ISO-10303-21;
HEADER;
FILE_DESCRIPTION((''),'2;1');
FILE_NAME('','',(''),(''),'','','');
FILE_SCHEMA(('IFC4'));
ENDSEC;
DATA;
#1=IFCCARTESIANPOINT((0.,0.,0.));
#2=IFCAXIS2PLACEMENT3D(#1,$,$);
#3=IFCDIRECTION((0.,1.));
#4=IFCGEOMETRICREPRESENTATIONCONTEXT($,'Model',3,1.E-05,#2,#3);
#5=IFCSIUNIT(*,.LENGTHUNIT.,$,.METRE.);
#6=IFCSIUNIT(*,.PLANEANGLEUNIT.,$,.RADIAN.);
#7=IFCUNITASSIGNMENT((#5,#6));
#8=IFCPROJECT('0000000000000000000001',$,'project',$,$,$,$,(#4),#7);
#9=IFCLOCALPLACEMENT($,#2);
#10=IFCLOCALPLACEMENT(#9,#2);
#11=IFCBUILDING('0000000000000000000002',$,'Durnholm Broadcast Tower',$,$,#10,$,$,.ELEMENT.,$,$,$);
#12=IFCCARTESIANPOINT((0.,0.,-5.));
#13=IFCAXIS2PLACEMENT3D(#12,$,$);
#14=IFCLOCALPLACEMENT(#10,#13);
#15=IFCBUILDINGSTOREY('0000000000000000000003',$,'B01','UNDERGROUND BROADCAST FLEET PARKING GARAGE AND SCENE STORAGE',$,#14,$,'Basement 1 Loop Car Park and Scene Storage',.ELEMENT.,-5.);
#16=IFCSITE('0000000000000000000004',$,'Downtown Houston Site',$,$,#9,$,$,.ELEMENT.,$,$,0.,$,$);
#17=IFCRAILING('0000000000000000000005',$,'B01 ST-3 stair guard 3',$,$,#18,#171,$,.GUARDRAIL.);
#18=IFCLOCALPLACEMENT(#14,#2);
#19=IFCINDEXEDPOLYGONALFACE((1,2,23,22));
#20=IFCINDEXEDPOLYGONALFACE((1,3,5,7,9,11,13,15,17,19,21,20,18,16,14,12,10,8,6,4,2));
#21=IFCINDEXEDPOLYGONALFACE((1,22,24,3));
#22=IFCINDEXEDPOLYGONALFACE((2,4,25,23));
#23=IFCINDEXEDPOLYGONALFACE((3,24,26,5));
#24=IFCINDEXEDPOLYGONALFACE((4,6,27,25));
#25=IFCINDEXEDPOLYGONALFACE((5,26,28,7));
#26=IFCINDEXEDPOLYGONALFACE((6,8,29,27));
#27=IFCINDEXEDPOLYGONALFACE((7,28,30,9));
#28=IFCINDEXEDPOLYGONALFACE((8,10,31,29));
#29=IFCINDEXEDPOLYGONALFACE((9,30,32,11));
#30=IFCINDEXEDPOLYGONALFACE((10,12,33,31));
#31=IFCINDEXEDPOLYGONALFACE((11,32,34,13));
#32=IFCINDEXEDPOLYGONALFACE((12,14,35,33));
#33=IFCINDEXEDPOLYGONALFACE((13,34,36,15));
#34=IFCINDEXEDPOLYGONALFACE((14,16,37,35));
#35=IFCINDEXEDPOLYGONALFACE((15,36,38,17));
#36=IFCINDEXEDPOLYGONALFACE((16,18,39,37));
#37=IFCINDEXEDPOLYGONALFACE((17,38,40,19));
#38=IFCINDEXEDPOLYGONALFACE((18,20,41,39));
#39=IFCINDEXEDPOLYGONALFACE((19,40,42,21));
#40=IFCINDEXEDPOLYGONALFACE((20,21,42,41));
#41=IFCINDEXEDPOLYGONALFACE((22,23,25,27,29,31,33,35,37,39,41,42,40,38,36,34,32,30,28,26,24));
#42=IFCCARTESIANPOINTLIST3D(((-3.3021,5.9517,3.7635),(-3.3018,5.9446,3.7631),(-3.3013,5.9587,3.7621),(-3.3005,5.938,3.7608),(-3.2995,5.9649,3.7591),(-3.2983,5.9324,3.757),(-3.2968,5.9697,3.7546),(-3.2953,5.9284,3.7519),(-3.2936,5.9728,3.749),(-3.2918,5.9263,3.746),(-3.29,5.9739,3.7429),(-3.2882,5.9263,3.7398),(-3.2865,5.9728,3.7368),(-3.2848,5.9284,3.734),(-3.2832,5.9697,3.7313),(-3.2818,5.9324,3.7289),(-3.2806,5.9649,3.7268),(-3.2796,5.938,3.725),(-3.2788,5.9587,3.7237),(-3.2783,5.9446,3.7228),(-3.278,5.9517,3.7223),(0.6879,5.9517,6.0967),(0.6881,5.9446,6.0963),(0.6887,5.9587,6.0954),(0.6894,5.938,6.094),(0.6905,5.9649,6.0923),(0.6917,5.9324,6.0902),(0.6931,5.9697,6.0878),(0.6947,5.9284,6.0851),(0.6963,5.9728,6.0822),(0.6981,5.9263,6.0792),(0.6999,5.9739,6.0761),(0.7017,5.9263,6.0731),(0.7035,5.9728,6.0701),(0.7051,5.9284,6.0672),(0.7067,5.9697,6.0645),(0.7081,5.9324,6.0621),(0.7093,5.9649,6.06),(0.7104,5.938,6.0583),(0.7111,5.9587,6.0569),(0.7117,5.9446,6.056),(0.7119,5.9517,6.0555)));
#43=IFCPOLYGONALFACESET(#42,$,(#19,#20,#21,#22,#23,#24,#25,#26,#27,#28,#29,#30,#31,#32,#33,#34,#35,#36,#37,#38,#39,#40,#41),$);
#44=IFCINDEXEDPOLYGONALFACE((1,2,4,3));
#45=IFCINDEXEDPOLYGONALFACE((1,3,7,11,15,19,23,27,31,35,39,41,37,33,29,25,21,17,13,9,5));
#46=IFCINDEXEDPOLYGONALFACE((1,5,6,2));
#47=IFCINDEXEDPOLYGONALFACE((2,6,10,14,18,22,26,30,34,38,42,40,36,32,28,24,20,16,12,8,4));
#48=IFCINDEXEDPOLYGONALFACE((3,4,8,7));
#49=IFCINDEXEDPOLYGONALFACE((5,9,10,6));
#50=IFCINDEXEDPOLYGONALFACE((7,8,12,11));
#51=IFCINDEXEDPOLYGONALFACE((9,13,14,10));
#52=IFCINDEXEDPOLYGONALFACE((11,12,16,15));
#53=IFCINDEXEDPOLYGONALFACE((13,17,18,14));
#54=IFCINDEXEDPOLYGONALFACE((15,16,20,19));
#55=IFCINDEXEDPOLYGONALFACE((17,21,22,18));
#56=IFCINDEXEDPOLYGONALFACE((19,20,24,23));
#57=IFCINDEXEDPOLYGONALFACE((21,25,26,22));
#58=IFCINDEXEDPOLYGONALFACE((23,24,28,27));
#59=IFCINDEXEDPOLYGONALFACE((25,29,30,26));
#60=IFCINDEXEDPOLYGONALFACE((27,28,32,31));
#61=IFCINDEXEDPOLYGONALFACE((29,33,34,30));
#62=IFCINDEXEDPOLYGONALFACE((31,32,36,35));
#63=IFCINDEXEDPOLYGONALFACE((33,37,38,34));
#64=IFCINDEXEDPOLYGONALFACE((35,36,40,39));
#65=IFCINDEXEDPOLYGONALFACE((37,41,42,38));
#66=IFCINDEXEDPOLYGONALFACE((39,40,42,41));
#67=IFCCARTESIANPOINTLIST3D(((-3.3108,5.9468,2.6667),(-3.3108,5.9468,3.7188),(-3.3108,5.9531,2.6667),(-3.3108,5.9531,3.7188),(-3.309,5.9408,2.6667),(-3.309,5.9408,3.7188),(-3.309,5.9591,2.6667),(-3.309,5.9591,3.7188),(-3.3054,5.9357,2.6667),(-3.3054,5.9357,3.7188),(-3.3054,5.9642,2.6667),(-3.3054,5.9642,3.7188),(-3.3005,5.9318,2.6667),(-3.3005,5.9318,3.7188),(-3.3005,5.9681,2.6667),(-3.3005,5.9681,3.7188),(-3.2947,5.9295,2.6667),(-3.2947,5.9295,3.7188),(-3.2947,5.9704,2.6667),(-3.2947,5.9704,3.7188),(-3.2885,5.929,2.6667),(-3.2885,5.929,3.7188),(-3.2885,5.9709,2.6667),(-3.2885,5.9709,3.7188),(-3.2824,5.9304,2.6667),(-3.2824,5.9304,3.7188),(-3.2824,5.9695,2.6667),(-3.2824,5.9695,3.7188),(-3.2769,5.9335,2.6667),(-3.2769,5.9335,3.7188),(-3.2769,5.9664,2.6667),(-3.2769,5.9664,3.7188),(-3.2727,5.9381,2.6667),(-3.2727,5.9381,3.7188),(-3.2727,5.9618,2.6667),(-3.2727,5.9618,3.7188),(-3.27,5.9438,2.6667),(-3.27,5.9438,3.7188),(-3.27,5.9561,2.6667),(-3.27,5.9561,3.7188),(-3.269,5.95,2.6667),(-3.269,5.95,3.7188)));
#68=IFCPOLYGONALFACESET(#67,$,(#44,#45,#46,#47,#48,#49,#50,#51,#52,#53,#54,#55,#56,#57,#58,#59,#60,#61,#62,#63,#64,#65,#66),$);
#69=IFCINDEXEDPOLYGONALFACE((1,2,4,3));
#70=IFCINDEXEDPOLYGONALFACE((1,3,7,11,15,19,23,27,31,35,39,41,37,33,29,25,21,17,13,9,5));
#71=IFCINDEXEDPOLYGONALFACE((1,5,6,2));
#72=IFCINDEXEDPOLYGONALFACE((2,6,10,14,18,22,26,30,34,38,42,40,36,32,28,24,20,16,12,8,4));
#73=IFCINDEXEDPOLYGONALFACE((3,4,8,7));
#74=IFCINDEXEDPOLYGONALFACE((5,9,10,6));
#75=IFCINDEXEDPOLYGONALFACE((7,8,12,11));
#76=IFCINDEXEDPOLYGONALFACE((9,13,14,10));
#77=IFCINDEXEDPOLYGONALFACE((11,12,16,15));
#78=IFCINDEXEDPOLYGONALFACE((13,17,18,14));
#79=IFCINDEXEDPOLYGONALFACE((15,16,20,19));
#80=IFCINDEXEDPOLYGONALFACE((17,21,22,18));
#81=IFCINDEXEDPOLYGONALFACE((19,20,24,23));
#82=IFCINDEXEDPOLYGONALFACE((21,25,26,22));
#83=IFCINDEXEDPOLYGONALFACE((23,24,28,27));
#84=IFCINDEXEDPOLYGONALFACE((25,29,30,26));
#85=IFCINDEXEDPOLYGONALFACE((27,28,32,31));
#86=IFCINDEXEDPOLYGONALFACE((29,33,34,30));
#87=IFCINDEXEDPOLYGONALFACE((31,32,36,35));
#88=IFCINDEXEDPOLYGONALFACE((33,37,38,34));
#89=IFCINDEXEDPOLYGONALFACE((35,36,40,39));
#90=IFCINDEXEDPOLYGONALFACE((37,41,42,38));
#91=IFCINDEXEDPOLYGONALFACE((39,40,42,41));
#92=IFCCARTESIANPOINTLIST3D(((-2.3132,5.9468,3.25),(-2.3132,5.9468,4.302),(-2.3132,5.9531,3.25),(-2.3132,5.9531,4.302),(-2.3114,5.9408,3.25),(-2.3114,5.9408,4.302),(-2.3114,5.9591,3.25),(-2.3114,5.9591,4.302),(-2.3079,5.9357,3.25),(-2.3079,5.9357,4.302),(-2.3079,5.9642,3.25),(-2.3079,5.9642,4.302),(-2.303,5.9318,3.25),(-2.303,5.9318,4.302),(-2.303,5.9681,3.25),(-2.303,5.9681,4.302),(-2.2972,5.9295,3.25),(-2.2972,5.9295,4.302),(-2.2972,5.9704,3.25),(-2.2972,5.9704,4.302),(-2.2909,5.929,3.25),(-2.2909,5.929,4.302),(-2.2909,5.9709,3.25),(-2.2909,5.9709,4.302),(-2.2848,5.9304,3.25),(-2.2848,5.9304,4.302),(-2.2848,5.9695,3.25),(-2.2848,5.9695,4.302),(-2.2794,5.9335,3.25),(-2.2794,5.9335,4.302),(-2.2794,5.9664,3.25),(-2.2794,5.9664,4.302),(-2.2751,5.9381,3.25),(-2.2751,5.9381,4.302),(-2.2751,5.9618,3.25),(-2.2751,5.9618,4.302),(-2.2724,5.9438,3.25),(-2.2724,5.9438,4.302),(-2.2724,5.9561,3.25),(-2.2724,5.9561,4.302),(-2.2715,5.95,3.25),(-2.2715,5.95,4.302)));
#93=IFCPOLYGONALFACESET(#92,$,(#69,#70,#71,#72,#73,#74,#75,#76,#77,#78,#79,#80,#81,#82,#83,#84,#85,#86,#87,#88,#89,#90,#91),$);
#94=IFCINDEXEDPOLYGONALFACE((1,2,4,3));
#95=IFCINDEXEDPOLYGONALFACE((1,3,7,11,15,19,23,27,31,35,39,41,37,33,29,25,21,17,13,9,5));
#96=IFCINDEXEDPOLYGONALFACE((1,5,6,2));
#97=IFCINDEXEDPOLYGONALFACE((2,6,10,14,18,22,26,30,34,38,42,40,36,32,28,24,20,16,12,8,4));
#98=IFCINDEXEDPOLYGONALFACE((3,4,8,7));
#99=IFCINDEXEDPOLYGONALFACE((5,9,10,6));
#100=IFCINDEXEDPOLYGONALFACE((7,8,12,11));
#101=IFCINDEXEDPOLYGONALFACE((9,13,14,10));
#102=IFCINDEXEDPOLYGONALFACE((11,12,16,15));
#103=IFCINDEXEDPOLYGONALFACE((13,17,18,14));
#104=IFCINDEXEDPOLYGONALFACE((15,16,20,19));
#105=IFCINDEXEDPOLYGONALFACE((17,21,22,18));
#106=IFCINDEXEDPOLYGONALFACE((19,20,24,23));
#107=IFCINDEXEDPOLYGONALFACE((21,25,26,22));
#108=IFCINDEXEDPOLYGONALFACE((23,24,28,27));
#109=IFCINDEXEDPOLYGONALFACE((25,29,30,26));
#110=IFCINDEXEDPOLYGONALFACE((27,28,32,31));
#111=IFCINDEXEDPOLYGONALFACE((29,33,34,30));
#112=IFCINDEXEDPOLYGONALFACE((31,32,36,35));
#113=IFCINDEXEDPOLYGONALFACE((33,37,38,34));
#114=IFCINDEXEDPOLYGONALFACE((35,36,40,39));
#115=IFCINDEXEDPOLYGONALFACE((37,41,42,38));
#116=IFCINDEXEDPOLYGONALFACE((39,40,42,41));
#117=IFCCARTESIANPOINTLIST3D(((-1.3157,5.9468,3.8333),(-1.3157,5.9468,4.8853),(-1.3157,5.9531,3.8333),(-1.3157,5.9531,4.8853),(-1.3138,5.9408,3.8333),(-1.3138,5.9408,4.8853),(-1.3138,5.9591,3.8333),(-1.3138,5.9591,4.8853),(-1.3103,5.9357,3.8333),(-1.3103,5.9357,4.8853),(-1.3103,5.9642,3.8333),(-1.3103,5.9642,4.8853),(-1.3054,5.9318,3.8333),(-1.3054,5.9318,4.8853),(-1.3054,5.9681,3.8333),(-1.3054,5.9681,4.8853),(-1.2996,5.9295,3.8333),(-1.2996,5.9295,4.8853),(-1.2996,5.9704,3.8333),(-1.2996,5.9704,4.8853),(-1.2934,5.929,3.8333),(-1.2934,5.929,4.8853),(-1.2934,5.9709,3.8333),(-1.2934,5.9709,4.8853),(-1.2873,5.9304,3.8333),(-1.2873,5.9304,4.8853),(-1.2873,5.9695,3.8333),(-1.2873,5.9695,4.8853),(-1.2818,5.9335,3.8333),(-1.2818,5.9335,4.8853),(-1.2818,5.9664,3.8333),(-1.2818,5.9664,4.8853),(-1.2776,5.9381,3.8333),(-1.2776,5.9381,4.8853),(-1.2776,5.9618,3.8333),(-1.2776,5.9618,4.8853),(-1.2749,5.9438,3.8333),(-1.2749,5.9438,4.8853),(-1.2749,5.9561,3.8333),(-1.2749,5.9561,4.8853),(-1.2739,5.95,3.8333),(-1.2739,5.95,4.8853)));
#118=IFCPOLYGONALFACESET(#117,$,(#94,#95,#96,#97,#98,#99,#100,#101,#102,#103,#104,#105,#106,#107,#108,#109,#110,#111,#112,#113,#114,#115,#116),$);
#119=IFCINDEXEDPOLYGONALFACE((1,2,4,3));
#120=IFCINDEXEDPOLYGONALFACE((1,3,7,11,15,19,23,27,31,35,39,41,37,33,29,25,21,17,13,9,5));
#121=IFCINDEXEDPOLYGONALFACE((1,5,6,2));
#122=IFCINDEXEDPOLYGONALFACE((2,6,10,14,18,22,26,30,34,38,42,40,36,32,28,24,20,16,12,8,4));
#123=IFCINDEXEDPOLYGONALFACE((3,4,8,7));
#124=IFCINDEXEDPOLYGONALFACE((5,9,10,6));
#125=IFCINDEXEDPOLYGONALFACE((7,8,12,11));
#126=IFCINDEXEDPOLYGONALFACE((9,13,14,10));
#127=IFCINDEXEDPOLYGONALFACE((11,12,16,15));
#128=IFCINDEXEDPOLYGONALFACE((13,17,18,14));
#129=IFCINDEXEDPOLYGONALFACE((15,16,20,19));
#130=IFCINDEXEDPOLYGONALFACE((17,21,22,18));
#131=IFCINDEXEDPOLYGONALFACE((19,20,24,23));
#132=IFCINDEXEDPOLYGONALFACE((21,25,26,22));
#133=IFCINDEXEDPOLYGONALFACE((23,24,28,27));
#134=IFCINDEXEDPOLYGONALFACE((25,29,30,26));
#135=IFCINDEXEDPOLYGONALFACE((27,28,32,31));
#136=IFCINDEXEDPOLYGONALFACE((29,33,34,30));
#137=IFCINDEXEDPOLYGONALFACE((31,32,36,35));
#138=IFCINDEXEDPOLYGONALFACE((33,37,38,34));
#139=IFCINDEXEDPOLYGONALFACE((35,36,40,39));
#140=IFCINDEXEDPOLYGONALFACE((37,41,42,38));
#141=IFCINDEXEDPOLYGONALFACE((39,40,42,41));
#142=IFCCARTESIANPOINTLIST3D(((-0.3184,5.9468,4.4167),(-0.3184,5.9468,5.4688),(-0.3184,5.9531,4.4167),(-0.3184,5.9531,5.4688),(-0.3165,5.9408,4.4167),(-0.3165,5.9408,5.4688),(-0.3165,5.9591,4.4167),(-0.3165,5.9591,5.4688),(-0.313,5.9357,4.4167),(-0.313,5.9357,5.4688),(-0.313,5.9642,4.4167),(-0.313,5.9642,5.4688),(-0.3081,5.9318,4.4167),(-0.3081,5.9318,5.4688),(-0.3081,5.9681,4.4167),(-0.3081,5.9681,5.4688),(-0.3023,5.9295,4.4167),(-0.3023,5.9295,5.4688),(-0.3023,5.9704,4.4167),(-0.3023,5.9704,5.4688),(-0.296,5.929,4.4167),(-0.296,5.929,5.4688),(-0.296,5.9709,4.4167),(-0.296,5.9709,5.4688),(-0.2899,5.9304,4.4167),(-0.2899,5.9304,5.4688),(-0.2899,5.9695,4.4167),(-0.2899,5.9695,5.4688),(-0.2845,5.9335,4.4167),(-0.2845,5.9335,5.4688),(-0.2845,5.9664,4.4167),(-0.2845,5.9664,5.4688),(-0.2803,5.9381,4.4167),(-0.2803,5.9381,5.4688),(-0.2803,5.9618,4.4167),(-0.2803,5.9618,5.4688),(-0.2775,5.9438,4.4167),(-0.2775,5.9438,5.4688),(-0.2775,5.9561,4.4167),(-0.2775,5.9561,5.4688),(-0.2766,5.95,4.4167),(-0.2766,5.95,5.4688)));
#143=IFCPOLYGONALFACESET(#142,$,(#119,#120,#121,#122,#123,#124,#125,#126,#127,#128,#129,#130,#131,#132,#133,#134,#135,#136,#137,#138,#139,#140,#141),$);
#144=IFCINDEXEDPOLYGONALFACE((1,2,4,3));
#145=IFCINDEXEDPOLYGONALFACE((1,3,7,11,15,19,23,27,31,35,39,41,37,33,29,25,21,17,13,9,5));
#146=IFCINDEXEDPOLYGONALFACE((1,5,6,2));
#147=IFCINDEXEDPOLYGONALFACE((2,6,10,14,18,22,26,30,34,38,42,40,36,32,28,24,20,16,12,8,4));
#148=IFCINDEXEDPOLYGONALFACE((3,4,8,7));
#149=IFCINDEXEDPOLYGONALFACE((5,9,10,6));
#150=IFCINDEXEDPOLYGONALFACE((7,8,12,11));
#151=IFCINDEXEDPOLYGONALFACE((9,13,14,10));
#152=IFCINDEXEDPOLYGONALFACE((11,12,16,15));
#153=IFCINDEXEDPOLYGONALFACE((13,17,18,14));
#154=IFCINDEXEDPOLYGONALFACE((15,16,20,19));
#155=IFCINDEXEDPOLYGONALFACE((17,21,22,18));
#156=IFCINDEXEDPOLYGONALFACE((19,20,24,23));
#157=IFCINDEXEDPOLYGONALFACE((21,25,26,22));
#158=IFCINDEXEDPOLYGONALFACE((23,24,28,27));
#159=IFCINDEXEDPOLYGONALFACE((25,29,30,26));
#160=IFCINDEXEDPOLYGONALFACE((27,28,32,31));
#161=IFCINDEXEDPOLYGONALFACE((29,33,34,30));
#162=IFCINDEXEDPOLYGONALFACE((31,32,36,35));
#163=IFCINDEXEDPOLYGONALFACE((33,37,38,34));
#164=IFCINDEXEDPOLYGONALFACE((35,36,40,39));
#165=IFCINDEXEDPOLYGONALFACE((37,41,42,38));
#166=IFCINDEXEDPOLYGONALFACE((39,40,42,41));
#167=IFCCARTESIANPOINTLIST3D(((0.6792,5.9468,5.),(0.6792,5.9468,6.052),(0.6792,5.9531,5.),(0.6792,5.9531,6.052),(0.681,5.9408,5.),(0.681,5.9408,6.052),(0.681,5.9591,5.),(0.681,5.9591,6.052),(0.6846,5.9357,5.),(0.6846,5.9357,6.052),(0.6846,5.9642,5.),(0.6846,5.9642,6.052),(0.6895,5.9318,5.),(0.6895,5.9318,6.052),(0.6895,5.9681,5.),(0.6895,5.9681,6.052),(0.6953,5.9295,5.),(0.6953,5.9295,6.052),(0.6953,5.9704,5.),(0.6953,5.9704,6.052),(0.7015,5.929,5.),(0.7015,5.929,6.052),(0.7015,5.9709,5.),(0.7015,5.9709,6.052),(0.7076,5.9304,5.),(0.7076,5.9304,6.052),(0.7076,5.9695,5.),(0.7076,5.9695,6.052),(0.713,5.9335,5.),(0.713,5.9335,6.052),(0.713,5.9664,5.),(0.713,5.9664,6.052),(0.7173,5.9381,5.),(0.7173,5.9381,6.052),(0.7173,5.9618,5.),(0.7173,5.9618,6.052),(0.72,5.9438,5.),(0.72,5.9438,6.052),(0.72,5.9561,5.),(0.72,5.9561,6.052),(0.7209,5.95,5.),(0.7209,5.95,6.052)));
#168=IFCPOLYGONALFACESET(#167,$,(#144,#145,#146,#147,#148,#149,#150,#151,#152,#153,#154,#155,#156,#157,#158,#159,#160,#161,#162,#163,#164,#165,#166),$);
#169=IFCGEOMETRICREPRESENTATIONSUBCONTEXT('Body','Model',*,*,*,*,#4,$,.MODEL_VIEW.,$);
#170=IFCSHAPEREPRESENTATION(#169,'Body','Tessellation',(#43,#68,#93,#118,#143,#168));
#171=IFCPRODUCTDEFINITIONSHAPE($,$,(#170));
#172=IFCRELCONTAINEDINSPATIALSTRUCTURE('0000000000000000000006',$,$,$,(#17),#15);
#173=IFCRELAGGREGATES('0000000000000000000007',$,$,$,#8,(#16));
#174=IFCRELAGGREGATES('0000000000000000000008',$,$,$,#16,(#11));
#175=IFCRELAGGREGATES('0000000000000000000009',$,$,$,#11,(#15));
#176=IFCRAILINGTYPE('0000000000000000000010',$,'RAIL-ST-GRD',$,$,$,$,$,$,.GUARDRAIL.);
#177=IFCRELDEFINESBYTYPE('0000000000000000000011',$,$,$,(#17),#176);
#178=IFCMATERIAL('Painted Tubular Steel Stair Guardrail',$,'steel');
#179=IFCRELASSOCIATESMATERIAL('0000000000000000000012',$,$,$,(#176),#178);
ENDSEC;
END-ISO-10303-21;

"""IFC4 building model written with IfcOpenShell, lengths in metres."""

from ifc_helpers import new_model, si_unit, direction, frame, origin, origin_2d, place, context, subcontext, project, spatial, circle, extrude, material, type_object, element, save


model = new_model("IFC4")

# Units and contexts
model_context = context("Model", 3, precision=1e-05, world=origin(), true_north=direction((0.0, 1.0)))
body_context = subcontext(model_context, "Body", "Model", "MODEL_VIEW")
ifc_project = project(units=[si_unit("LENGTHUNIT", "METRE"), si_unit("PLANEANGLEUNIT", "RADIAN")], contexts=[model_context])

# Site, building, storey
site_placement = place(None, origin())
site = spatial("IfcSite", under=ifc_project, at=site_placement, Name="Downtown Houston Site", CompositionType="ELEMENT", RefElevation=0.0)
building_placement = place(site_placement, origin())
building = spatial("IfcBuilding", under=site, at=building_placement, Name="Durnholm Broadcast Tower", CompositionType="ELEMENT")
storey_placement = place(building_placement, frame((0.0, 0.0, -5.0)))
storey = spatial("IfcBuildingStorey", under=building, at=storey_placement, Name="B01", Description="UNDERGROUND BROADCAST FLEET PARKING GARAGE AND SCENE STORAGE", LongName="Basement 1 Loop Car Park and Scene Storage", CompositionType="ELEMENT", Elevation=-5.0)

# Railing
ifc_material_1 = material(Name="Painted Tubular Steel Stair Guardrail", Category="steel")
railing_type_1 = type_object("IfcRailingType", Name="RAIL-ST-GRD", PredefinedType="GUARDRAIL", material=ifc_material_1)
railing_1_placement = place(storey_placement, frame((-3.29, 5.95, 2.6667)))
element("IfcRailing", 1, at=railing_1_placement, inside=storey, type_object=railing_type_1, Name="B01 ST-3 stair guard 3", PredefinedType="GUARDRAIL", context=body_context, shape_type="SweptSolid", body=[
    extrude(circle(Radius=0.0239, at=origin_2d()), frame((0.0, 0.0, 1.0762), z_axis=(0.863236, 0.0, 0.5048), x_axis=(0.0, 1.0, 0.0)), (0.0, 0.0, 1.0), 4.6221),
    extrude(circle(Radius=0.021, at=origin_2d()), origin(), (0.0, 0.0, 1.0), 1.052),
    extrude(circle(Radius=0.021, at=origin_2d()), frame((0.9976, 0.0, 0.5833)), (0.0, 0.0, 1.0), 1.052),
    extrude(circle(Radius=0.021, at=origin_2d()), frame((1.9951, 0.0, 1.1665)), (0.0, 0.0, 1.0), 1.052),
    extrude(circle(Radius=0.021, at=origin_2d()), frame((2.9924, 0.0, 1.75)), (0.0, 0.0, 1.0), 1.052),
    extrude(circle(Radius=0.021, at=origin_2d()), frame((3.99, 0.0, 2.3333)), (0.0, 0.0, 1.0), 1.052),
])

save(model, "model.ifc")
